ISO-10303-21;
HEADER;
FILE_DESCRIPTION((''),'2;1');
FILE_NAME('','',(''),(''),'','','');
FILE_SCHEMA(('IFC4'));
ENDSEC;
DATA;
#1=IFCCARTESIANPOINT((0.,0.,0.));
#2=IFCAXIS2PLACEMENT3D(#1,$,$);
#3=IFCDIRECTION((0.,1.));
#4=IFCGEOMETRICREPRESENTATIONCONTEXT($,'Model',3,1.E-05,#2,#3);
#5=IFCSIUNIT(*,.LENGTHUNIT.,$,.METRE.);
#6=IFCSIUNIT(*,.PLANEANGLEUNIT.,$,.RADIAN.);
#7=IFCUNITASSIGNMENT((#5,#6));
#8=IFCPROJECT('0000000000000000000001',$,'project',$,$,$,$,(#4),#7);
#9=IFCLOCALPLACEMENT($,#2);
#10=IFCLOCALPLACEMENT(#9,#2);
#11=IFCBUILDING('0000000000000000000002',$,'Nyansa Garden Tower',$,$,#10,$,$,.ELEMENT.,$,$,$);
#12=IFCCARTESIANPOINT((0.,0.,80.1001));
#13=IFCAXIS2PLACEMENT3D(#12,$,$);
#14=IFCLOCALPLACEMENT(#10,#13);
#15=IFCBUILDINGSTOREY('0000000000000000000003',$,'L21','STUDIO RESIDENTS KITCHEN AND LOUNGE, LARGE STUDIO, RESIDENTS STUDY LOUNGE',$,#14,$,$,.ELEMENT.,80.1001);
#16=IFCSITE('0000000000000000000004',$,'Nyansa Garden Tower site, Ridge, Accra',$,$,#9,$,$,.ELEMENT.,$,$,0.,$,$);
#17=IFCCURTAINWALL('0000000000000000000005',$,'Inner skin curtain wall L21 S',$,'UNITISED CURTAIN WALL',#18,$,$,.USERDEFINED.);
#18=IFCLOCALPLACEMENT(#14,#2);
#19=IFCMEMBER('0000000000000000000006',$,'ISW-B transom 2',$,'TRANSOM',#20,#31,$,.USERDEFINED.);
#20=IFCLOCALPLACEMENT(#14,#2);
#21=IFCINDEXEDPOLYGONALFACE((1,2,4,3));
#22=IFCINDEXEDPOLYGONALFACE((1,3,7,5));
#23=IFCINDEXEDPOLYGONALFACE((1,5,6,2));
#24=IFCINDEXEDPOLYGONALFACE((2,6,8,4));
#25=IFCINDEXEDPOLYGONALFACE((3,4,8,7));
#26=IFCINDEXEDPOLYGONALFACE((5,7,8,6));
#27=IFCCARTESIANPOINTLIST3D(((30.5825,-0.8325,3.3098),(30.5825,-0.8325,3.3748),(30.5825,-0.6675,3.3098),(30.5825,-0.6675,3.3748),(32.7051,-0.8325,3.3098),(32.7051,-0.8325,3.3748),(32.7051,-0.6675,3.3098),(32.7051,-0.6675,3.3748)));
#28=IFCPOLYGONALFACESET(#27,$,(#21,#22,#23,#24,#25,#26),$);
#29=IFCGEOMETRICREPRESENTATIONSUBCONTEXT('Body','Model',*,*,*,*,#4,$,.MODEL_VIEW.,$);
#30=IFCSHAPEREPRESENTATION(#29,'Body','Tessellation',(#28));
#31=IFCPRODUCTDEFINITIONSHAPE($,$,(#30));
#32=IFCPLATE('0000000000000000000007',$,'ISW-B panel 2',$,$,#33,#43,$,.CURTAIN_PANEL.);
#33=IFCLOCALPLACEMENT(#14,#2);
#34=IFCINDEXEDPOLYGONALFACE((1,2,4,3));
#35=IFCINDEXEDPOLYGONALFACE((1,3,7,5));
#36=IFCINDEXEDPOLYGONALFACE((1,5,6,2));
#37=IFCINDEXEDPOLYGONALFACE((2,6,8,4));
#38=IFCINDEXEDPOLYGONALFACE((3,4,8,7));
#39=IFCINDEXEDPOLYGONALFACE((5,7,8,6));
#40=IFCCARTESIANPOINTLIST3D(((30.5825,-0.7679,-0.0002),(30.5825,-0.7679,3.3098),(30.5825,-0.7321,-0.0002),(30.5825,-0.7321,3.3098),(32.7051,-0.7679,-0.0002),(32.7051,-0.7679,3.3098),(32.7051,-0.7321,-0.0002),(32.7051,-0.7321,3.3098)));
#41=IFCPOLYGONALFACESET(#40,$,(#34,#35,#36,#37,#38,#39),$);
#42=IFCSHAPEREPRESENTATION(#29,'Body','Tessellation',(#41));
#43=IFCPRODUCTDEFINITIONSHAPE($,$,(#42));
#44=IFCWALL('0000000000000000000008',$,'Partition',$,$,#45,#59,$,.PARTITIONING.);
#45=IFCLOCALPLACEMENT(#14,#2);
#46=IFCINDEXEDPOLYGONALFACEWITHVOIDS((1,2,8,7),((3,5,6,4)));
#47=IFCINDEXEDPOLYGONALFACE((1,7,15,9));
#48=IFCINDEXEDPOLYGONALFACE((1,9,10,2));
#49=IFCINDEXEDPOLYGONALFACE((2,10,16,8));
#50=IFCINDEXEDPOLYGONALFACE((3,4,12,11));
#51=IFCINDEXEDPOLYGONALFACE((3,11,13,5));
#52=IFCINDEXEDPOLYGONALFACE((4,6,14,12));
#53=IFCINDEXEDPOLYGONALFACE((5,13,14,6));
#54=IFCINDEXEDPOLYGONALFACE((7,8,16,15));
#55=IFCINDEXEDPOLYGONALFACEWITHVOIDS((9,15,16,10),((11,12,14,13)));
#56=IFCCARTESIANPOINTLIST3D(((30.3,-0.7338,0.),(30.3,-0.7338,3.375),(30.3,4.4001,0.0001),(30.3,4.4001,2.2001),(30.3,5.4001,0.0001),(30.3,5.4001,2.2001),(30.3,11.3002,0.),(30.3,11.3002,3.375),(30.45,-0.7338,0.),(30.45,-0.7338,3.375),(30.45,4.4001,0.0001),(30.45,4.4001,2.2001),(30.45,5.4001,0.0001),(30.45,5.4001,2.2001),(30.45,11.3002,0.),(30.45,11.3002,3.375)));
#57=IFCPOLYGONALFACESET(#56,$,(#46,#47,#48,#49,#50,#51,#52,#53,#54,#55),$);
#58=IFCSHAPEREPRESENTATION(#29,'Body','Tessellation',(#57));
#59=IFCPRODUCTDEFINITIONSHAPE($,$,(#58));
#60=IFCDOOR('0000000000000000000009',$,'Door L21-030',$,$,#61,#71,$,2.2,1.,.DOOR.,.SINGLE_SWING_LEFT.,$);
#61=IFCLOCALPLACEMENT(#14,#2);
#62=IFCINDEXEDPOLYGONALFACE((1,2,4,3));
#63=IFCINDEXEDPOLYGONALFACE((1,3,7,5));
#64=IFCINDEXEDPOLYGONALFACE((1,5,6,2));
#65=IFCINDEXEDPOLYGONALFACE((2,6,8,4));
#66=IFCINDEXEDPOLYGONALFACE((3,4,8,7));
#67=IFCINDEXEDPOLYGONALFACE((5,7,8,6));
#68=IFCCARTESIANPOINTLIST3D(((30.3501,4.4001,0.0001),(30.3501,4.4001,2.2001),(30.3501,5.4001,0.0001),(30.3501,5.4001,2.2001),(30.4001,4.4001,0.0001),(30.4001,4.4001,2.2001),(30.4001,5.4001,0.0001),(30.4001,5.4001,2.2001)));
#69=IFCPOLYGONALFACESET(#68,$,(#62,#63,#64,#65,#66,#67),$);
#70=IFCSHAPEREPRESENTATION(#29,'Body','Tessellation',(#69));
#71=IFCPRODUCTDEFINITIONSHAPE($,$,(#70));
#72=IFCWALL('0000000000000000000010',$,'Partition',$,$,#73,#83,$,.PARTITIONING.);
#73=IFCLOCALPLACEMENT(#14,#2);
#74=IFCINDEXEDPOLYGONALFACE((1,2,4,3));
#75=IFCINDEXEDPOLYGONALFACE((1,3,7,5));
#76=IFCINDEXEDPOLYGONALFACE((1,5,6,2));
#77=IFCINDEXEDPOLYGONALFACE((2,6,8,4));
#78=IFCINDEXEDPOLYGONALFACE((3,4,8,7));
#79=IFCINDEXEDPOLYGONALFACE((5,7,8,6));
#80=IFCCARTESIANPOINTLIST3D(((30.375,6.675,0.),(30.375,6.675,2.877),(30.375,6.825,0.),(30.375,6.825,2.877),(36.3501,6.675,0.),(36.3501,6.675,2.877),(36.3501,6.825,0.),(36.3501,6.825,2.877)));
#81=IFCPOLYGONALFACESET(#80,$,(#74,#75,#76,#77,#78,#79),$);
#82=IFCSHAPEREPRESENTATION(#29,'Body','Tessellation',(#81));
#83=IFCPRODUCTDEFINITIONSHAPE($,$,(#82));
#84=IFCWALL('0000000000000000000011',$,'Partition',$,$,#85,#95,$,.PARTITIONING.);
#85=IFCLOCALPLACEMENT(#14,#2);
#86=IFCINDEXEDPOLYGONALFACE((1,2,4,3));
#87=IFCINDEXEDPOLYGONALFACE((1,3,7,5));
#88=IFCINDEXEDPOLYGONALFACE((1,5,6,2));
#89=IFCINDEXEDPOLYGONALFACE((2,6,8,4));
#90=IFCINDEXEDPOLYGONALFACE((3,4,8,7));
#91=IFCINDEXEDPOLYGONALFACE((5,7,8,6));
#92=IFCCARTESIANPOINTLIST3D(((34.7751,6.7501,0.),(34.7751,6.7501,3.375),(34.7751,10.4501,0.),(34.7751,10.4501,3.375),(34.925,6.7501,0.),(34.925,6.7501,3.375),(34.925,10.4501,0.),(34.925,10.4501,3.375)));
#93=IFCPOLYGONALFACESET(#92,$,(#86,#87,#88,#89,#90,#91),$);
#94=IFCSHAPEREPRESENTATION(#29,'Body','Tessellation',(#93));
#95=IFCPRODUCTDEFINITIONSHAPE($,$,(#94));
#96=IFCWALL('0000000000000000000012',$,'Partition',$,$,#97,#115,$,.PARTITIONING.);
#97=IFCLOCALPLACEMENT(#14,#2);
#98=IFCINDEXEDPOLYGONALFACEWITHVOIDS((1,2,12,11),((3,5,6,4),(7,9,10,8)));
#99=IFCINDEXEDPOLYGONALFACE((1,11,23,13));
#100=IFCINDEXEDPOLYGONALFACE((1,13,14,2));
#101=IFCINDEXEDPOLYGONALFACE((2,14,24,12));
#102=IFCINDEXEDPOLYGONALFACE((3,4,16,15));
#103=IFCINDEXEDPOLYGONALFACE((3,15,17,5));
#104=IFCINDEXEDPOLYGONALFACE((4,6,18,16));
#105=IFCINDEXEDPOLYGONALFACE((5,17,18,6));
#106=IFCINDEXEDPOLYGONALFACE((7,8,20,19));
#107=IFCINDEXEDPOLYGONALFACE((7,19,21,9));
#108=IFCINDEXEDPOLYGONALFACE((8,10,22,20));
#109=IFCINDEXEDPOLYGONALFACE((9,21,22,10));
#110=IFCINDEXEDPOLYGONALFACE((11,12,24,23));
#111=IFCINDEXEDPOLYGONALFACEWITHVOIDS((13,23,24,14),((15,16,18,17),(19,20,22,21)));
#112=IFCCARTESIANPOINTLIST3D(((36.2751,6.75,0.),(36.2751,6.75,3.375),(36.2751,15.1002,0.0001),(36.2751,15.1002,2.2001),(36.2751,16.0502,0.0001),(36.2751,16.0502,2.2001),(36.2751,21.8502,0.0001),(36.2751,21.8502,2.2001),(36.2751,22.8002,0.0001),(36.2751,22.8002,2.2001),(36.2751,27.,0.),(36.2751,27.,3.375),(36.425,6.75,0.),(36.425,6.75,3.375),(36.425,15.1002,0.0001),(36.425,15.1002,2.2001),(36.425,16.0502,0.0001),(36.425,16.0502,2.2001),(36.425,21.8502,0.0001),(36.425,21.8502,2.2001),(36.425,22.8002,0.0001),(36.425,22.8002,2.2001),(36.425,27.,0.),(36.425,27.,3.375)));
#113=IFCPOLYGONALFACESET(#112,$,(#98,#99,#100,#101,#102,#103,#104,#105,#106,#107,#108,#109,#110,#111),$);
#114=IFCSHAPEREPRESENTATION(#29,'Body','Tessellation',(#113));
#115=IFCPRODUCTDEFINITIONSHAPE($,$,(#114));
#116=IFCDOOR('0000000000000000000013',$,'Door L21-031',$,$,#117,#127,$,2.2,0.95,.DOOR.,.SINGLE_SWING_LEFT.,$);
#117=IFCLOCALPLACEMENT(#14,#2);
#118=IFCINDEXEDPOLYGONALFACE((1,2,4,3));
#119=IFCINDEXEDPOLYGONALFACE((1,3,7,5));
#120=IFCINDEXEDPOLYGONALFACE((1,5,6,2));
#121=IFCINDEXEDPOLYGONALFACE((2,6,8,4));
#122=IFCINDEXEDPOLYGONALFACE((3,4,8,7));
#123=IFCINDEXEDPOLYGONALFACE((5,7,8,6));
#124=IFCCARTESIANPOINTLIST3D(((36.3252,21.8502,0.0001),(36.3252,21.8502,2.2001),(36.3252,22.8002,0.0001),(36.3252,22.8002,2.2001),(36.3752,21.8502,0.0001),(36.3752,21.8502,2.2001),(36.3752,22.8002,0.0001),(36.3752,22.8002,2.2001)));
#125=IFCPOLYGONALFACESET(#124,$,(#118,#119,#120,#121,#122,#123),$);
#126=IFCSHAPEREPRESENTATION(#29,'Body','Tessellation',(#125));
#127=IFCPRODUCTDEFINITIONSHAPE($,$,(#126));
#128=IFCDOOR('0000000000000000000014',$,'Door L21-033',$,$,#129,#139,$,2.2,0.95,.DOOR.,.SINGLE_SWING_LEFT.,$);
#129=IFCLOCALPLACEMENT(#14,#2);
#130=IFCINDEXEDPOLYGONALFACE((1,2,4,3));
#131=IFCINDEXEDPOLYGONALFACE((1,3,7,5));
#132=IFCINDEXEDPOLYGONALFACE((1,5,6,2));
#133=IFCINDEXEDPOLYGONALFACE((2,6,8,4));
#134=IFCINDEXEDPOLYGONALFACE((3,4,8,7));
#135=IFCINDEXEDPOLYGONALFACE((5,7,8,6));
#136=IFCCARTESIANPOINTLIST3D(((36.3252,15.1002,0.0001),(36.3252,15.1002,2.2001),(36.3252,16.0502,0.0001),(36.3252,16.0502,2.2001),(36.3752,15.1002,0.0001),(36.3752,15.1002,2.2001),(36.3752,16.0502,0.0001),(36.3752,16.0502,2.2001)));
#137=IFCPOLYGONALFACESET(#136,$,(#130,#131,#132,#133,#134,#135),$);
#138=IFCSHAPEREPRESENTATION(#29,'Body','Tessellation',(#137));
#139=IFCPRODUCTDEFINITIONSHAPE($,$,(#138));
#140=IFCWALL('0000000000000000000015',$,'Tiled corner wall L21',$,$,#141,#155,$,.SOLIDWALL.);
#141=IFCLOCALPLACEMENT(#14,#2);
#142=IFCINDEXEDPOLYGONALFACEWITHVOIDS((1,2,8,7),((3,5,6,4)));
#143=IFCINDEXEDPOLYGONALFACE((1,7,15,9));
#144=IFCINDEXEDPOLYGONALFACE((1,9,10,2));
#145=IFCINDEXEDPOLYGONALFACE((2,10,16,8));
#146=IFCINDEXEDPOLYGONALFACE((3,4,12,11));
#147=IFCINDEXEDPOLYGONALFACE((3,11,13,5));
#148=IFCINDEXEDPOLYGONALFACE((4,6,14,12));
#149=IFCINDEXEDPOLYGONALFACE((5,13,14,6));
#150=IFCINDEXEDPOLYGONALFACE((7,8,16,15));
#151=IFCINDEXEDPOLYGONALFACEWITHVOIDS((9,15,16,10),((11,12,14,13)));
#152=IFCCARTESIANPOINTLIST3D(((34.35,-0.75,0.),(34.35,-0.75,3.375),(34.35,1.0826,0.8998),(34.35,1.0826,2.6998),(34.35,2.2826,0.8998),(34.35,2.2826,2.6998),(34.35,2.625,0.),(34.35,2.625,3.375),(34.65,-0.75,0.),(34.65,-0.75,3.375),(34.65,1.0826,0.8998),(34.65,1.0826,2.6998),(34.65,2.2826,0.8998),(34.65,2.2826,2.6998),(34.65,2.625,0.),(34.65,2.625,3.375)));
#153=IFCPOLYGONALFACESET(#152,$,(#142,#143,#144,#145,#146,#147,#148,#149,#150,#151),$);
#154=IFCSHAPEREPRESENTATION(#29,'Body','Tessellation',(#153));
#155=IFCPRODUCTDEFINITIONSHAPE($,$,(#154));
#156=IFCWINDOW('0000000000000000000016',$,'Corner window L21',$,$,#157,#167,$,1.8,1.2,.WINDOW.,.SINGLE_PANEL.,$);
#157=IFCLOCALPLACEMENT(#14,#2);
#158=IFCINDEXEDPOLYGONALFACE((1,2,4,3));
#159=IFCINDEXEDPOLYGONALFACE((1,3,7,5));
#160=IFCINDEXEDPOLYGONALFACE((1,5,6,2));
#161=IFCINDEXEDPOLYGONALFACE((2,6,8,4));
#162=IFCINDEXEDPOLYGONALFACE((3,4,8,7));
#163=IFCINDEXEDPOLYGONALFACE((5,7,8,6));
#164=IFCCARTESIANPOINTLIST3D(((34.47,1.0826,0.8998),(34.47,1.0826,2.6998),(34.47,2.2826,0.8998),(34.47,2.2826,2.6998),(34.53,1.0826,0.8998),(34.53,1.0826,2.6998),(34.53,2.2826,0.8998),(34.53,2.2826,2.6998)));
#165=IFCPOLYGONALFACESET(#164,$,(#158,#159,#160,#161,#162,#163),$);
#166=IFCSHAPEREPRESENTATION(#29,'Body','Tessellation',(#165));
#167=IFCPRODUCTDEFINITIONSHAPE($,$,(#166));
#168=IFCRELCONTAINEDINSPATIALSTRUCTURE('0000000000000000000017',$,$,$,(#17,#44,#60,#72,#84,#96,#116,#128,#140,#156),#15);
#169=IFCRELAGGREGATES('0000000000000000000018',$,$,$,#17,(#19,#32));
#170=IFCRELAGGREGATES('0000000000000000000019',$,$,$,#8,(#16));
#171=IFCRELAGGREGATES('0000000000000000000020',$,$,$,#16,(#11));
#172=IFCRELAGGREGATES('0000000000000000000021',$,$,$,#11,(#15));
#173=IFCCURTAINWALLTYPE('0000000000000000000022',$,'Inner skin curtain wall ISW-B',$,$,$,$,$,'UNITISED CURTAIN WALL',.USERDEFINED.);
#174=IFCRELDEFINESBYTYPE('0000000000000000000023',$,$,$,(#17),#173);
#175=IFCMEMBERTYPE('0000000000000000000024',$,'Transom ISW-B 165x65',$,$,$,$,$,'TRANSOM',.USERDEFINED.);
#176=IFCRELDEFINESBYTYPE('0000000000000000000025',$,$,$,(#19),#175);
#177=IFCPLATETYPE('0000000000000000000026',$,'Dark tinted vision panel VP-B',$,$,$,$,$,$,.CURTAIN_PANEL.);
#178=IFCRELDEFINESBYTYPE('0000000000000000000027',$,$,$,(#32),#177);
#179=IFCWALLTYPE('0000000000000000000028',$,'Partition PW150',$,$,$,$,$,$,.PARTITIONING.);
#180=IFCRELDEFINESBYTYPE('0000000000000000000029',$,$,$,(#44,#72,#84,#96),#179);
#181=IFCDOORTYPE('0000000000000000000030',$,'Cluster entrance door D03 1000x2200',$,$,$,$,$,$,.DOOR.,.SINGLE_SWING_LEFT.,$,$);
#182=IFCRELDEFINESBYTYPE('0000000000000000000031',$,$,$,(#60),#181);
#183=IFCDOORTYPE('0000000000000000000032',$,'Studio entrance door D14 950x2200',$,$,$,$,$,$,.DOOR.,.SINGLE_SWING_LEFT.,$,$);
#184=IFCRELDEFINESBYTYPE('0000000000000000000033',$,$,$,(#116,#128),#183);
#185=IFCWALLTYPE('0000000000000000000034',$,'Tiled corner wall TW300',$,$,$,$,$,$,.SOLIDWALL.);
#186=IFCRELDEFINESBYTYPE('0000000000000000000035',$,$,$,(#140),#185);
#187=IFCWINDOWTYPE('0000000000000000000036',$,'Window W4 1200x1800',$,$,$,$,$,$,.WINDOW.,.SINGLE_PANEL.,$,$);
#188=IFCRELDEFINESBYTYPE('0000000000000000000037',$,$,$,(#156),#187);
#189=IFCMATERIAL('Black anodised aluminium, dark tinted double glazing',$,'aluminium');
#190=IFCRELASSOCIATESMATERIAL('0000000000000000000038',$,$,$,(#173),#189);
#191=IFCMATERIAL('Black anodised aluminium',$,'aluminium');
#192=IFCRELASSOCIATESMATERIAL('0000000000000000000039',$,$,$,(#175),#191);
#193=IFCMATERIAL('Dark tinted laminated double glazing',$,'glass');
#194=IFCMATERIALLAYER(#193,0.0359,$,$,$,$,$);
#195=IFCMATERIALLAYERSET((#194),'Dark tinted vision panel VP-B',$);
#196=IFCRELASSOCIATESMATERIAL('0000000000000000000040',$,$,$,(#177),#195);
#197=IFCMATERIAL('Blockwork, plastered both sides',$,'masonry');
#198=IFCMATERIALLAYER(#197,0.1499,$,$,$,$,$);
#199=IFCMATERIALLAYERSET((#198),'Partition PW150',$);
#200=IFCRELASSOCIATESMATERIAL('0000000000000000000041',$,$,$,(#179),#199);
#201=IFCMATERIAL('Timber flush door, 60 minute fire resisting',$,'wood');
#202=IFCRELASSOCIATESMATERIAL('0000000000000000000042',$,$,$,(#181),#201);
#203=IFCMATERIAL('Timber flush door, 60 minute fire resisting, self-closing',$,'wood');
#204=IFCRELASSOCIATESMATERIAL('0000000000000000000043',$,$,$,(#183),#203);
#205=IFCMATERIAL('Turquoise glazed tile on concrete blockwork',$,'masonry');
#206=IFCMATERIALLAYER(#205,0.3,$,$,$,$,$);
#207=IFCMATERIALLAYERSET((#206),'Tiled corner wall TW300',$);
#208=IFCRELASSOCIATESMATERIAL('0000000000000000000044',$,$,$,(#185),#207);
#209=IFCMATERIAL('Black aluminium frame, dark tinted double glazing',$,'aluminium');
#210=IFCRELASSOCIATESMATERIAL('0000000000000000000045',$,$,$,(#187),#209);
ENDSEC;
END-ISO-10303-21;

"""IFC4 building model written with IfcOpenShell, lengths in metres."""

from ifc_helpers import new_model, si_unit, direction, frame, frame_2d, origin, origin_2d, place, context, subcontext, project, spatial, rectangle, extrude, material, layer, layer_set, material_profile, profile_set, type_object, element, fill, aggregate, save


model = new_model("IFC4")

# Units and contexts
model_context = context("Model", 3, precision=1e-05, world=origin(), true_north=direction((0.0, 1.0)))
body_context = subcontext(model_context, "Body", "Model", "MODEL_VIEW")
ifc_project = project(units=[si_unit("LENGTHUNIT", "METRE"), si_unit("PLANEANGLEUNIT", "RADIAN")], contexts=[model_context])

# Site, building, storey
site_placement = place(None, origin())
site = spatial("IfcSite", under=ifc_project, at=site_placement, Name="Nyansa Garden Tower site, Ridge, Accra", CompositionType="ELEMENT", RefElevation=0.0)
building_placement = place(site_placement, origin())
building = spatial("IfcBuilding", under=site, at=building_placement, Name="Nyansa Garden Tower", CompositionType="ELEMENT")
storey_placement = place(building_placement, frame((0.0, 0.0, 80.1001)))
storey = spatial("IfcBuildingStorey", under=building, at=storey_placement, Name="L21", Description="STUDIO RESIDENTS KITCHEN AND LOUNGE, LARGE STUDIO, RESIDENTS STUDY LOUNGE", CompositionType="ELEMENT", Elevation=80.1001)

# Curtain wall
ifc_material_1 = material(Name="Black anodised aluminium, dark tinted double glazing", Category="aluminium")
curtain_wall_type = type_object("IfcCurtainWallType", Name="Inner skin curtain wall ISW-B", ElementType="UNITISED CURTAIN WALL", PredefinedType="USERDEFINED", material=ifc_material_1)
curtain_wall_placement = place(storey_placement, origin())
curtain_wall = element("IfcCurtainWall", 1, at=curtain_wall_placement, inside=storey, type_object=curtain_wall_type, Name="Inner skin curtain wall L21 S", ObjectType="UNITISED CURTAIN WALL", PredefinedType="USERDEFINED")

# Member
ifc_material_2 = material(Name="Black anodised aluminium", Category="aluminium")
ifc_material_profile_1 = material_profile(ifc_material_2, rectangle(XDim=0.165, YDim=0.0649, at=origin_2d()), Name="Transom 165x65")
ifc_profile_set_1 = profile_set([ifc_material_profile_1], Name="Black anodised aluminium")
member_type_1 = type_object("IfcMemberType", Name="Transom ISW-B 165x65", ElementType="TRANSOM", PredefinedType="USERDEFINED", material=ifc_profile_set_1)
member_1_placement = place(storey_placement, frame((30.5825, -0.75, 3.3423), z_axis=(1.0, 0.0, 0.0), x_axis=(0.0, 1.0, 0.0)))
member_1 = element("IfcMember", 2, at=member_1_placement, type_object=member_type_1, Name="ISW-B transom 2", ObjectType="TRANSOM", PredefinedType="USERDEFINED", context=body_context, shape_type="SweptSolid", body=[
    extrude(rectangle(XDim=0.165, YDim=0.0649, at=origin_2d()), origin(), (0.0, 0.0, 1.0), 2.1226),
])

# Plate
ifc_material_3 = material(Name="Dark tinted laminated double glazing", Category="glass")
ifc_layer_1 = layer(ifc_material_3, 0.0359)
ifc_layer_set_1 = layer_set([ifc_layer_1], Name="Dark tinted vision panel VP-B")
plate_type = type_object("IfcPlateType", Name="Dark tinted vision panel VP-B", PredefinedType="CURTAIN_PANEL", material=ifc_layer_set_1)
plate_placement = place(storey_placement, frame((31.6438, -0.75, -0.0002), z_axis=(0.0, 0.0, 1.0), x_axis=(1.0, 0.0, 0.0)))
plate = element("IfcPlate", 3, at=plate_placement, type_object=plate_type, Name="ISW-B panel 2", PredefinedType="CURTAIN_PANEL", context=body_context, shape_type="SweptSolid", body=[
    extrude(rectangle(XDim=2.1226, YDim=0.0359, at=origin_2d()), origin(), (0.0, 0.0, 1.0), 3.3101),
])
aggregate(curtain_wall, [member_1, plate])

# Wall, opening, door
ifc_material_4 = material(Name="Blockwork, plastered both sides", Category="masonry")
ifc_layer_2 = layer(ifc_material_4, 0.1499)
ifc_layer_set_2 = layer_set([ifc_layer_2], Name="Partition PW150")
wall_type_1 = type_object("IfcWallType", Name="Partition PW150", PredefinedType="PARTITIONING", material=ifc_layer_set_2)
wall_1_placement = place(storey_placement, frame((30.375, -0.7339, 0.0), z_axis=(0.0, 0.0, 1.0), x_axis=(0.0, 1.0, 0.0)))
wall_1 = element("IfcWall", 4, at=wall_1_placement, inside=storey, type_object=wall_type_1, Name="Partition", PredefinedType="PARTITIONING", context=body_context, shape_type="SweptSolid", body=[
    extrude(rectangle(XDim=12.0339, YDim=0.1499, at=frame_2d((6.0171, 0.0))), origin(), (0.0, 0.0, 1.0), 3.375),
])
opening_1_placement = place(wall_1_placement, frame((5.134, 0.0, 0.0)))
opening_1 = element("IfcOpeningElement", 5, at=opening_1_placement, cuts=wall_1, PredefinedType="OPENING", context=body_context, shape_type="SweptSolid", body=[
    extrude(rectangle(XDim=1.0, YDim=2.2, at=frame_2d((0.5, 1.1001))), frame((0.0, 0.085, 0.0), z_axis=(0.0, -1.0, 0.0), x_axis=(1.0, 0.0, 0.0)), (0.0, 0.0, 1.0), 0.1699),
])
ifc_material_5 = material(Name="Timber flush door, 60 minute fire resisting", Category="wood")
door_type_1 = type_object("IfcDoorType", Name="Cluster entrance door D03 1000x2200", OperationType="SINGLE_SWING_LEFT", PredefinedType="DOOR", material=ifc_material_5)
door_1_placement = place(opening_1_placement, origin())
door_1 = element("IfcDoor", 6, at=door_1_placement, inside=storey, type_object=door_type_1, Name="Door L21-030", OperationType="SINGLE_SWING_LEFT", OverallHeight=2.2, OverallWidth=1.0, PredefinedType="DOOR", context=body_context, shape_type="SweptSolid", body=[
    extrude(rectangle(XDim=1.0, YDim=2.2, at=frame_2d((0.5, 1.1001))), frame((0.0, 0.0249, 0.0), z_axis=(0.0, -1.0, 0.0), x_axis=(1.0, 0.0, 0.0)), (0.0, 0.0, 1.0), 0.05),
])
fill(opening_1, door_1)

# Walls
wall_2_placement = place(storey_placement, frame((30.375, 6.75, 0.0), z_axis=(0.0, 0.0, 1.0), x_axis=(1.0, 0.0, 0.0)))
element("IfcWall", 7, at=wall_2_placement, inside=storey, type_object=wall_type_1, Name="Partition", PredefinedType="PARTITIONING", context=body_context, shape_type="SweptSolid", body=[
    extrude(rectangle(XDim=5.9751, YDim=0.1499, at=frame_2d((2.9875, 0.0))), origin(), (0.0, 0.0, 1.0), 2.877),
])
wall_3_placement = place(storey_placement, frame((34.8501, 6.75, 0.0), z_axis=(0.0, 0.0, 1.0), x_axis=(0.0, 1.0, 0.0)))
element("IfcWall", 8, at=wall_3_placement, inside=storey, type_object=wall_type_1, Name="Partition", PredefinedType="PARTITIONING", context=body_context, shape_type="SweptSolid", body=[
    extrude(rectangle(XDim=3.7, YDim=0.1499, at=frame_2d((1.8501, 0.0))), origin(), (0.0, 0.0, 1.0), 3.375),
])

# Wall, openings, doors
wall_4_placement = place(storey_placement, frame((36.3501, 6.75, 0.0), z_axis=(0.0, 0.0, 1.0), x_axis=(0.0, 1.0, 0.0)))
wall_4 = element("IfcWall", 9, at=wall_4_placement, inside=storey, type_object=wall_type_1, Name="Partition", PredefinedType="PARTITIONING", context=body_context, shape_type="SweptSolid", body=[
    extrude(rectangle(XDim=20.25, YDim=0.1499, at=frame_2d((10.125, 0.0))), origin(), (0.0, 0.0, 1.0), 3.375),
])
opening_2_placement = place(wall_4_placement, frame((15.1001, 0.0, 0.0)))
opening_2 = element("IfcOpeningElement", 10, at=opening_2_placement, cuts=wall_4, PredefinedType="OPENING", context=body_context, shape_type="SweptSolid", body=[
    extrude(rectangle(XDim=0.95, YDim=2.2, at=frame_2d((0.4751, 1.1001))), frame((0.0, 0.085, 0.0), z_axis=(0.0, -1.0, 0.0), x_axis=(1.0, 0.0, 0.0)), (0.0, 0.0, 1.0), 0.1699),
])
opening_3_placement = place(wall_4_placement, frame((8.3501, 0.0, 0.0)))
opening_3 = element("IfcOpeningElement", 11, at=opening_3_placement, cuts=wall_4, PredefinedType="OPENING", context=body_context, shape_type="SweptSolid", body=[
    extrude(rectangle(XDim=0.95, YDim=2.2, at=frame_2d((0.4751, 1.1001))), frame((0.0, 0.085, 0.0), z_axis=(0.0, -1.0, 0.0), x_axis=(1.0, 0.0, 0.0)), (0.0, 0.0, 1.0), 0.1699),
])
ifc_material_6 = material(Name="Timber flush door, 60 minute fire resisting, self-closing", Category="wood")
door_type_2 = type_object("IfcDoorType", Name="Studio entrance door D14 950x2200", OperationType="SINGLE_SWING_LEFT", PredefinedType="DOOR", material=ifc_material_6)
door_2_placement = place(opening_2_placement, origin())
door_2 = element("IfcDoor", 12, at=door_2_placement, inside=storey, type_object=door_type_2, Name="Door L21-031", OperationType="SINGLE_SWING_LEFT", OverallHeight=2.2, OverallWidth=0.95, PredefinedType="DOOR", context=body_context, shape_type="SweptSolid", body=[
    extrude(rectangle(XDim=0.95, YDim=2.2, at=frame_2d((0.4751, 1.1001))), frame((0.0, 0.0249, 0.0), z_axis=(0.0, -1.0, 0.0), x_axis=(1.0, 0.0, 0.0)), (0.0, 0.0, 1.0), 0.05),
])
fill(opening_2, door_2)
door_3_placement = place(opening_3_placement, origin())
door_3 = element("IfcDoor", 13, at=door_3_placement, inside=storey, type_object=door_type_2, Name="Door L21-033", OperationType="SINGLE_SWING_LEFT", OverallHeight=2.2, OverallWidth=0.95, PredefinedType="DOOR", context=body_context, shape_type="SweptSolid", body=[
    extrude(rectangle(XDim=0.95, YDim=2.2, at=frame_2d((0.4751, 1.1001))), frame((0.0, 0.0249, 0.0), z_axis=(0.0, -1.0, 0.0), x_axis=(1.0, 0.0, 0.0)), (0.0, 0.0, 1.0), 0.05),
])
fill(opening_3, door_3)

# Wall, opening, window
ifc_material_7 = material(Name="Turquoise glazed tile on concrete blockwork", Category="masonry")
ifc_layer_3 = layer(ifc_material_7, 0.3)
ifc_layer_set_3 = layer_set([ifc_layer_3], Name="Tiled corner wall TW300")
wall_type_2 = type_object("IfcWallType", Name="Tiled corner wall TW300", PredefinedType="SOLIDWALL", material=ifc_layer_set_3)
wall_5_placement = place(storey_placement, frame((34.5, -0.75, 0.0), z_axis=(0.0, 0.0, 1.0), x_axis=(0.0, 1.0, 0.0)))
wall_5 = element("IfcWall", 14, at=wall_5_placement, inside=storey, type_object=wall_type_2, Name="Tiled corner wall L21", PredefinedType="SOLIDWALL", context=body_context, shape_type="SweptSolid", body=[
    extrude(rectangle(XDim=3.375, YDim=0.3, at=frame_2d((1.6875, 0.0))), origin(), (0.0, 0.0, 1.0), 3.375),
])
opening_4_placement = place(wall_5_placement, frame((1.8325, 0.0, 0.8999)))
opening_4 = element("IfcOpeningElement", 15, at=opening_4_placement, cuts=wall_5, PredefinedType="OPENING", context=body_context, shape_type="SweptSolid", body=[
    extrude(rectangle(XDim=1.2, YDim=1.8, at=frame_2d((0.6001, 0.8999))), frame((0.0, 0.1599, 0.0), z_axis=(0.0, -1.0, 0.0), x_axis=(1.0, 0.0, 0.0)), (0.0, 0.0, 1.0), 0.3201),
])
ifc_material_8 = material(Name="Black aluminium frame, dark tinted double glazing", Category="aluminium")
window_type_1 = type_object("IfcWindowType", Name="Window W4 1200x1800", PartitioningType="SINGLE_PANEL", PredefinedType="WINDOW", material=ifc_material_8)
window_1_placement = place(opening_4_placement, origin())
window_1 = element("IfcWindow", 16, at=window_1_placement, inside=storey, type_object=window_type_1, Name="Corner window L21", OverallHeight=1.8, OverallWidth=1.2, PartitioningType="SINGLE_PANEL", PredefinedType="WINDOW", context=body_context, shape_type="SweptSolid", body=[
    extrude(rectangle(XDim=1.2, YDim=1.8, at=frame_2d((0.6001, 0.8999))), frame((0.0, 0.03, 0.0), z_axis=(0.0, -1.0, 0.0), x_axis=(1.0, 0.0, 0.0)), (0.0, 0.0, 1.0), 0.0601),
])
fill(opening_4, window_1)

save(model, "model.ifc")
